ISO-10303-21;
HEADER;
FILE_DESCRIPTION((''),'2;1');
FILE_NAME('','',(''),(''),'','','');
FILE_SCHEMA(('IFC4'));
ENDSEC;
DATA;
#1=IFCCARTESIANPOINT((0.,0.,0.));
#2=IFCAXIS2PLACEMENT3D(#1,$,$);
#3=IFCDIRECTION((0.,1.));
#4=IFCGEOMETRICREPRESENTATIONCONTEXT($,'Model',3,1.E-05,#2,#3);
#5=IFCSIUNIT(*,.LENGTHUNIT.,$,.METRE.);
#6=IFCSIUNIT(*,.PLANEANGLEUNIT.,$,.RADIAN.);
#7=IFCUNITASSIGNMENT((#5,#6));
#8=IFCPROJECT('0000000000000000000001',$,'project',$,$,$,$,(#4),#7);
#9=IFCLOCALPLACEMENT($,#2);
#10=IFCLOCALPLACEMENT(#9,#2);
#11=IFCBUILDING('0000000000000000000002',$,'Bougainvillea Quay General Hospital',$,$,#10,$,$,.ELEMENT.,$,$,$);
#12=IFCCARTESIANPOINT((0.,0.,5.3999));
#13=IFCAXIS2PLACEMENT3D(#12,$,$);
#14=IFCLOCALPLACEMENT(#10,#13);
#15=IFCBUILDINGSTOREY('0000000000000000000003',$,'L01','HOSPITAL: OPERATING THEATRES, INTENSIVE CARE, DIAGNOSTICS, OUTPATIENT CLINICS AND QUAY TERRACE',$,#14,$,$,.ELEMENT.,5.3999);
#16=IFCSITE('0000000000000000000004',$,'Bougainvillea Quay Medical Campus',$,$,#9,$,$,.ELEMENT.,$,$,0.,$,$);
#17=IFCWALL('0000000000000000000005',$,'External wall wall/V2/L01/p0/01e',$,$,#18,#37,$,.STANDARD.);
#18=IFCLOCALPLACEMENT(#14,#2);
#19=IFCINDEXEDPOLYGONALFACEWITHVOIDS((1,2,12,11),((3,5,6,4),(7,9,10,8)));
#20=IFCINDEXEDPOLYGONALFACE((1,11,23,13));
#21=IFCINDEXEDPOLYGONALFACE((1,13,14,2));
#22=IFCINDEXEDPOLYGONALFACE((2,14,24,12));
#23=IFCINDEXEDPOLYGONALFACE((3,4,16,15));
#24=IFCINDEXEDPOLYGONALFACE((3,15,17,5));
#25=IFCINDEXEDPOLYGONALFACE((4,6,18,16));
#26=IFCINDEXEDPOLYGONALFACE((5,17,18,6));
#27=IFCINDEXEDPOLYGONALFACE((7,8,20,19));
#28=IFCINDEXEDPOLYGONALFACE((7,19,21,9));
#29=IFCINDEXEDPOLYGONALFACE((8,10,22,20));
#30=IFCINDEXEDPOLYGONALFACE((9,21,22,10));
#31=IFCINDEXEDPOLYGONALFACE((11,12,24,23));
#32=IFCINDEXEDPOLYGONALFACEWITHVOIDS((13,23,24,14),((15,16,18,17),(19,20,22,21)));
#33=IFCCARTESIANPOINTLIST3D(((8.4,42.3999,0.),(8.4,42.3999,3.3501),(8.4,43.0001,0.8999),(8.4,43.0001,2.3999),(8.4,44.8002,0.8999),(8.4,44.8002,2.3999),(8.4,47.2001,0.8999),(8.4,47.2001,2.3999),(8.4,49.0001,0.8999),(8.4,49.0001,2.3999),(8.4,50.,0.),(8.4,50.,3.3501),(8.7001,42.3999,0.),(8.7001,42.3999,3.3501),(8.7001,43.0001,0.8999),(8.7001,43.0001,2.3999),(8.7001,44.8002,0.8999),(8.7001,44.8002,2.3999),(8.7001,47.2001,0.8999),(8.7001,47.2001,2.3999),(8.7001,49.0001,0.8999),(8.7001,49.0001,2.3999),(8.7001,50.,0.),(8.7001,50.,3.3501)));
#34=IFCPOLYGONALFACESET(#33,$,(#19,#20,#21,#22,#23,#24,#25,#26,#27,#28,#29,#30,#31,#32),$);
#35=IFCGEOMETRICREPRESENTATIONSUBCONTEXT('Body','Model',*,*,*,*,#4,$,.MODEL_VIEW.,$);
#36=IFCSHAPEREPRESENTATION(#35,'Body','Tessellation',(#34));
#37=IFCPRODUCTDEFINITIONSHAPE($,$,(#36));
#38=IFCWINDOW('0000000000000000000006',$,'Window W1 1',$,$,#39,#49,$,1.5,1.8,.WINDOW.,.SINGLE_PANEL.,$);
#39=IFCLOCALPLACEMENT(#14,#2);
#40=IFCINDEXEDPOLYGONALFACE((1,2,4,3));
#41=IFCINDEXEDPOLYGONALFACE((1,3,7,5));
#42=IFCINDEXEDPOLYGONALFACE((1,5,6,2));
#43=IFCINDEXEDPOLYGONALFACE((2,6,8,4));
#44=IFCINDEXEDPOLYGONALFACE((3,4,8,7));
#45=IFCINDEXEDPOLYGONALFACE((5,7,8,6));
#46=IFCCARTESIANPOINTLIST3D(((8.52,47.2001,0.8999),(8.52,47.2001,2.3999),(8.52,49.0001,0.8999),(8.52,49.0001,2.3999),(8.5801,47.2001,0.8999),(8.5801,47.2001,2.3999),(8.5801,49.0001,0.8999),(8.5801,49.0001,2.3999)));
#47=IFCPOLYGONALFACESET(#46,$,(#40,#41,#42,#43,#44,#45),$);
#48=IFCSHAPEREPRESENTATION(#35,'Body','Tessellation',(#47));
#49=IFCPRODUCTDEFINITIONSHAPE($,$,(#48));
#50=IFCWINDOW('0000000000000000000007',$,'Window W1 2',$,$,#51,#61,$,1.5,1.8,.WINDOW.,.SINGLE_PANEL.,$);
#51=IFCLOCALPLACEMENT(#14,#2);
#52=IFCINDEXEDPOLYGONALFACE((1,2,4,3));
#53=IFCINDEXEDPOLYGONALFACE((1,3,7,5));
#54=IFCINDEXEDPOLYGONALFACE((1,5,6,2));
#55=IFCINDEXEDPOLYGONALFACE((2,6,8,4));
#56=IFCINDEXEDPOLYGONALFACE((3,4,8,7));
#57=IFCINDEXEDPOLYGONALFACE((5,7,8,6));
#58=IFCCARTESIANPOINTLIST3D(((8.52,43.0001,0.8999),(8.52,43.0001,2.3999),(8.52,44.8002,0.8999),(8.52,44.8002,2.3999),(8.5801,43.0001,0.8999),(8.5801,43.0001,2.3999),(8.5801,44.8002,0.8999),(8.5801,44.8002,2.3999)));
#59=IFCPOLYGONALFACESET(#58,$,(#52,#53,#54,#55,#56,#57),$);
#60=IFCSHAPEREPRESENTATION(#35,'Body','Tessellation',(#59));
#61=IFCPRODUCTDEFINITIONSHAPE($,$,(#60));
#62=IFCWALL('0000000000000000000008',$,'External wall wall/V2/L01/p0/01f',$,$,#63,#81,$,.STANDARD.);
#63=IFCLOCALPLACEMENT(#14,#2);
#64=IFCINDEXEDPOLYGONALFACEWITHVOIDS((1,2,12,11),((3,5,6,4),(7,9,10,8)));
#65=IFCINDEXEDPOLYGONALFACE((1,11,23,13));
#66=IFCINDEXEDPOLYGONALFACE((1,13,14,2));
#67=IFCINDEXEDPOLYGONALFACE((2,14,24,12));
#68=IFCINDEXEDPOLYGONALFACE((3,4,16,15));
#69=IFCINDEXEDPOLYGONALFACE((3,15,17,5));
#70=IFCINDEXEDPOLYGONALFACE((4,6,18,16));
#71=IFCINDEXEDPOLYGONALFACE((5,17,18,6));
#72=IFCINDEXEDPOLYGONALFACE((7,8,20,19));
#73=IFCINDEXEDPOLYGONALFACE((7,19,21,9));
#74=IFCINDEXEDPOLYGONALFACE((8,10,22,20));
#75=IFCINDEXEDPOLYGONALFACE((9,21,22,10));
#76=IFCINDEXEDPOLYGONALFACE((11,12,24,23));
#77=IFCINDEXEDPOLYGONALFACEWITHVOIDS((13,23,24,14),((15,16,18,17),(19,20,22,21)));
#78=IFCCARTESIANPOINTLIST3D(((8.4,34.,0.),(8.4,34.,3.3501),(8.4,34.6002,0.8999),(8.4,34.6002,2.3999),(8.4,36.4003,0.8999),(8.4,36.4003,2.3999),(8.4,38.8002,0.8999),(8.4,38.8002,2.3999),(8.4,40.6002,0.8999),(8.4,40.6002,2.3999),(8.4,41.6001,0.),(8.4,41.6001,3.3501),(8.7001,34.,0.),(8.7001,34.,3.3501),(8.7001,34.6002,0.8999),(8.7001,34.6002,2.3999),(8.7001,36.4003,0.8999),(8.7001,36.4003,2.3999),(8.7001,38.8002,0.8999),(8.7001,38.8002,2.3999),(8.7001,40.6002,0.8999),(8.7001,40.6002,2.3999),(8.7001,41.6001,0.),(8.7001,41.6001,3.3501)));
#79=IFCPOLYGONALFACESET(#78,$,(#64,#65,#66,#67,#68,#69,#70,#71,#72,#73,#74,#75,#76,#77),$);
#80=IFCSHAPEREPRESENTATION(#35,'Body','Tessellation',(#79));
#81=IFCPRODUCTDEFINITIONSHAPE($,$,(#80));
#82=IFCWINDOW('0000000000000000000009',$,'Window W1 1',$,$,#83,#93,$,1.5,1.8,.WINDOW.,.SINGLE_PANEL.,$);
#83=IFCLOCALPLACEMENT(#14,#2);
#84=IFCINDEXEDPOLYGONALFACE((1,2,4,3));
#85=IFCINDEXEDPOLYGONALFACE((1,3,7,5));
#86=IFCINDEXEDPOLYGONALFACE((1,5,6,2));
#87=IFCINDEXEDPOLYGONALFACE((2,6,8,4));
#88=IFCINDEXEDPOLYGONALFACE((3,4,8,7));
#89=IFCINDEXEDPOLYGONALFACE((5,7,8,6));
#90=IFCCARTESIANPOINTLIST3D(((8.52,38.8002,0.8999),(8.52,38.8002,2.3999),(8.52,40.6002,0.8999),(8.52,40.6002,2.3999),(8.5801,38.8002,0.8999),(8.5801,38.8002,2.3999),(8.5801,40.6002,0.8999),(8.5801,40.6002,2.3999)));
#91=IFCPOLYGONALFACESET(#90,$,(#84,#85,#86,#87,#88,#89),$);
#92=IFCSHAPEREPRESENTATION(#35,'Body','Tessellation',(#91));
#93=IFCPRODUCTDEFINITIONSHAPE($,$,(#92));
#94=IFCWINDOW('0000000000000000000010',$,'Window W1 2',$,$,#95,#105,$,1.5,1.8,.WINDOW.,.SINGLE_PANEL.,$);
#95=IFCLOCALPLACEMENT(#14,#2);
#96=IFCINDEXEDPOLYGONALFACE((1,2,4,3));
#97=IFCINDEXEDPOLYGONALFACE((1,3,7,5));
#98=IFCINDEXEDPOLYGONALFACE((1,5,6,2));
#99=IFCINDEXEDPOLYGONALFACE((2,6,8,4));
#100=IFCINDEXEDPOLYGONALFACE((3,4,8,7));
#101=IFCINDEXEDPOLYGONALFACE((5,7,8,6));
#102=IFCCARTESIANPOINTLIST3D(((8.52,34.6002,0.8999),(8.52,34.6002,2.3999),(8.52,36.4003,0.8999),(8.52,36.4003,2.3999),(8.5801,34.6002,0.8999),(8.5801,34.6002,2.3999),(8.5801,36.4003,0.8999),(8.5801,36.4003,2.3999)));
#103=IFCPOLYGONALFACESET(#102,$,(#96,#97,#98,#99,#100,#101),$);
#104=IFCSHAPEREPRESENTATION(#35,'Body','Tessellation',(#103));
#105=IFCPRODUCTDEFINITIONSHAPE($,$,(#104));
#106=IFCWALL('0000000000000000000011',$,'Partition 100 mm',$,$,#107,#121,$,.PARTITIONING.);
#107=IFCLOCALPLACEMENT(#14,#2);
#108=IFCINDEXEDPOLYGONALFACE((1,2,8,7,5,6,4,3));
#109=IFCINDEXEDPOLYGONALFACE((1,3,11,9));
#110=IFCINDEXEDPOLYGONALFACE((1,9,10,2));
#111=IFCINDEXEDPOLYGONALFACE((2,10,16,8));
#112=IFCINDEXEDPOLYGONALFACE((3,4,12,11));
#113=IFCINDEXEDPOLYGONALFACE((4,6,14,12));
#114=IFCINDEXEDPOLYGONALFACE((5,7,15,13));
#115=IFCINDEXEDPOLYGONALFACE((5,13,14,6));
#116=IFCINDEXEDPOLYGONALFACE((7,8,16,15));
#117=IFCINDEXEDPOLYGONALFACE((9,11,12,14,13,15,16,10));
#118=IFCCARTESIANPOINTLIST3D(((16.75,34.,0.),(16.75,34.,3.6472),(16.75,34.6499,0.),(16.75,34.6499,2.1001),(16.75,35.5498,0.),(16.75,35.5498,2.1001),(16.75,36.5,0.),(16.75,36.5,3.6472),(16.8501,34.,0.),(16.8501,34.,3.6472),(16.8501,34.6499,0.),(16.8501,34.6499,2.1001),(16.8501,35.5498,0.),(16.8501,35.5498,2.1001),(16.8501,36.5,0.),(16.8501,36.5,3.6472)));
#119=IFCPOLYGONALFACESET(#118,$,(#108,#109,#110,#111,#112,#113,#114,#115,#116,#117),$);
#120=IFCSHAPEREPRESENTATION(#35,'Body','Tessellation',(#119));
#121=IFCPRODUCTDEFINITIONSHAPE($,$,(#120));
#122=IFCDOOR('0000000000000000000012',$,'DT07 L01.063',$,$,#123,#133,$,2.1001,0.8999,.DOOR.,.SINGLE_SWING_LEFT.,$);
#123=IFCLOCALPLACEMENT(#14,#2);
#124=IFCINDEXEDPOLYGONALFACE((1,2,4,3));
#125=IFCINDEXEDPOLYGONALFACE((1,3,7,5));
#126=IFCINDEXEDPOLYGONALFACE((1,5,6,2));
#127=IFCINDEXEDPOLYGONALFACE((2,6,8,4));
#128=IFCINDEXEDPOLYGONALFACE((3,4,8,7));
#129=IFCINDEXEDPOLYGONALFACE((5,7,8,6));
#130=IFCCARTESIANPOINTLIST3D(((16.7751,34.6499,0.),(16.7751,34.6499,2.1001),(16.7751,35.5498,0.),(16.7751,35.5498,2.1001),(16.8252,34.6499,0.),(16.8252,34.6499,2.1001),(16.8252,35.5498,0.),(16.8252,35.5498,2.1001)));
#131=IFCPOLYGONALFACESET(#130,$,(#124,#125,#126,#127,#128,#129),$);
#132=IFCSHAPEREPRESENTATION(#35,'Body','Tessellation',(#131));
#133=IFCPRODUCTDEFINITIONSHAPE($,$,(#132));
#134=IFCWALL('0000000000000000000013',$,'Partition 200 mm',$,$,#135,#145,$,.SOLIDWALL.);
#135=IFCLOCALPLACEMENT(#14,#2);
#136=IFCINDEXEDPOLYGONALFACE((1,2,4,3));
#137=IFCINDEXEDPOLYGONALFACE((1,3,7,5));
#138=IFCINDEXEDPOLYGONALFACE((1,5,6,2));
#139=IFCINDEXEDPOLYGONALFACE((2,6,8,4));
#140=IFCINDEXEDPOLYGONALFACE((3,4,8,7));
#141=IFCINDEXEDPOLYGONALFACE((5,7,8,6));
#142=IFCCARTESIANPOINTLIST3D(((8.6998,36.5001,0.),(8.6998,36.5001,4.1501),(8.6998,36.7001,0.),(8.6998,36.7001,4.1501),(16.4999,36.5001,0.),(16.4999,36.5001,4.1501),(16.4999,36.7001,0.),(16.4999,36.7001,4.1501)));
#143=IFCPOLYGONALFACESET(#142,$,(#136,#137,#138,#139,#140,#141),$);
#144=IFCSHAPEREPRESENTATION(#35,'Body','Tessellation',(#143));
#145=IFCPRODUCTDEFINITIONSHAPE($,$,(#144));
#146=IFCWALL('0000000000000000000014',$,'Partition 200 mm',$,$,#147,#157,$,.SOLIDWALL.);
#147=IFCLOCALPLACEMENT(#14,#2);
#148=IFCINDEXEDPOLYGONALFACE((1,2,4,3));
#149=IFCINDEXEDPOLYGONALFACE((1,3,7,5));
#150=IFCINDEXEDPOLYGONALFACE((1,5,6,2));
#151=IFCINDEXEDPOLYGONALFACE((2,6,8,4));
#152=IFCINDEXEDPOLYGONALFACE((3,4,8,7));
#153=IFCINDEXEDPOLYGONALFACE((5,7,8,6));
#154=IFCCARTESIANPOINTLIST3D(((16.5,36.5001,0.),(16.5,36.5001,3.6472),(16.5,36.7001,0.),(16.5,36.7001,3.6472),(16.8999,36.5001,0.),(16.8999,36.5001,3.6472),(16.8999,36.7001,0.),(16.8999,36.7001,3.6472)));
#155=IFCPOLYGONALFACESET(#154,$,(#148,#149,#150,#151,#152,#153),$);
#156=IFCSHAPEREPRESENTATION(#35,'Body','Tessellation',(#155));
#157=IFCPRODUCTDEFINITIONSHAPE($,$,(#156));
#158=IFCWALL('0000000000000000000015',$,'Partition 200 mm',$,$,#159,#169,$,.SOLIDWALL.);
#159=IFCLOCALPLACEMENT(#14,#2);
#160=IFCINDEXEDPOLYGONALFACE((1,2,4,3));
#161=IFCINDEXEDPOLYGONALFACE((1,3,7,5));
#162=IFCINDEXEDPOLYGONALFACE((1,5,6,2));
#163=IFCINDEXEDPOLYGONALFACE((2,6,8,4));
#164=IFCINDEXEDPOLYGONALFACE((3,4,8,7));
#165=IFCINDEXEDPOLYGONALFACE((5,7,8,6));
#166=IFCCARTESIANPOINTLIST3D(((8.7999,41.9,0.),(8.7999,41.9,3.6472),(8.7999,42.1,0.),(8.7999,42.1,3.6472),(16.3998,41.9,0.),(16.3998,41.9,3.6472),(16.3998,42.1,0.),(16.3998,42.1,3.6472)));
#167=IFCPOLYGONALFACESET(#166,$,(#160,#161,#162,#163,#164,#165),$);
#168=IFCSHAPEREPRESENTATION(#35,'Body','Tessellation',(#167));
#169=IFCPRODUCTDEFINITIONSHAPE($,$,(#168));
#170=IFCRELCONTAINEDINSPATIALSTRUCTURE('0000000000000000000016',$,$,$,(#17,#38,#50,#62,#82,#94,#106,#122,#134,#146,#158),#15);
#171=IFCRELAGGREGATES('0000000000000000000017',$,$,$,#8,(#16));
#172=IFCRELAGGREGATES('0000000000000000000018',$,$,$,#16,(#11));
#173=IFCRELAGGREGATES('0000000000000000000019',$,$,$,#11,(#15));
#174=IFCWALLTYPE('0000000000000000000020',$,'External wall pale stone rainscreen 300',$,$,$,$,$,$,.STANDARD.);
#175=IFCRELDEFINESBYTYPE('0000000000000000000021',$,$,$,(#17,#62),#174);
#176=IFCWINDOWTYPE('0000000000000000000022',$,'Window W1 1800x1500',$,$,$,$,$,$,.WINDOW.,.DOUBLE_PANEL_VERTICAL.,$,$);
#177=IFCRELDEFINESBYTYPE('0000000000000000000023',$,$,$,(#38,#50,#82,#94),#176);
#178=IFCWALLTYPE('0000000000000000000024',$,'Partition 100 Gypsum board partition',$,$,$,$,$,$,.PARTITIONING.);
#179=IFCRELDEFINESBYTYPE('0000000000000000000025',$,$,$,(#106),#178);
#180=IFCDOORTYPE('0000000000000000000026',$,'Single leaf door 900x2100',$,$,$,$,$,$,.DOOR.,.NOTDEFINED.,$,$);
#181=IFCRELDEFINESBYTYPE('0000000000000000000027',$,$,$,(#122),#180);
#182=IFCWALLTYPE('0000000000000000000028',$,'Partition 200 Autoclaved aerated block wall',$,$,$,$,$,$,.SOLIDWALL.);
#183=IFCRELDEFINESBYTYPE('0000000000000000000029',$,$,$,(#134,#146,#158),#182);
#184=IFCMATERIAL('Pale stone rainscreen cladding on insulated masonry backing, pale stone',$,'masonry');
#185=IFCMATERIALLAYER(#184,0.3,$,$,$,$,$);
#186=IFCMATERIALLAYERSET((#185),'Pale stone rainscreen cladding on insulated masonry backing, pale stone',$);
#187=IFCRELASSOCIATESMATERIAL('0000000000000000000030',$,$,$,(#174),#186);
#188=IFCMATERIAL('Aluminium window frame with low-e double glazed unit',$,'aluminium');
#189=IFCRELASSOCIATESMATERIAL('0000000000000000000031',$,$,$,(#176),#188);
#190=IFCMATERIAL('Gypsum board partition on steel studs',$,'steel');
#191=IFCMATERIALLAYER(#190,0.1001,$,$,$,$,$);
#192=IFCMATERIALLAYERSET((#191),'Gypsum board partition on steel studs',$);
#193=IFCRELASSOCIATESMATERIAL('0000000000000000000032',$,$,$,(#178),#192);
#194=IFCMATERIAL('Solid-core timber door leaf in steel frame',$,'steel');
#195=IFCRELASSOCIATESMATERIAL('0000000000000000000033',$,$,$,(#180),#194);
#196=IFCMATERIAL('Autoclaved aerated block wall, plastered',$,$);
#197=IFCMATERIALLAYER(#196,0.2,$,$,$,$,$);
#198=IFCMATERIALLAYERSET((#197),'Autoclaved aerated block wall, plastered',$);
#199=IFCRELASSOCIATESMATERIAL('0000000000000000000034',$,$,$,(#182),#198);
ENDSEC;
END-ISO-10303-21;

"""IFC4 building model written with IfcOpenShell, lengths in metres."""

from ifc_helpers import new_model, si_unit, direction, frame, frame_2d, origin, place, context, subcontext, project, spatial, rectangle, extrude, material, layer, layer_set, type_object, element, fill, save


model = new_model("IFC4")

# Units and contexts
model_context = context("Model", 3, precision=1e-05, world=origin(), true_north=direction((0.0, 1.0)))
body_context = subcontext(model_context, "Body", "Model", "MODEL_VIEW")
ifc_project = project(units=[si_unit("LENGTHUNIT", "METRE"), si_unit("PLANEANGLEUNIT", "RADIAN")], contexts=[model_context])

# Site, building, storey
site_placement = place(None, origin())
site = spatial("IfcSite", under=ifc_project, at=site_placement, Name="Bougainvillea Quay Medical Campus", CompositionType="ELEMENT", RefElevation=0.0)
building_placement = place(site_placement, origin())
building = spatial("IfcBuilding", under=site, at=building_placement, Name="Bougainvillea Quay General Hospital", CompositionType="ELEMENT")
storey_placement = place(building_placement, frame((0.0, 0.0, 5.3999)))
storey = spatial("IfcBuildingStorey", under=building, at=storey_placement, Name="L01", Description="HOSPITAL: OPERATING THEATRES, INTENSIVE CARE, DIAGNOSTICS, OUTPATIENT CLINICS AND QUAY TERRACE", CompositionType="ELEMENT", Elevation=5.3999)

# Walls, openings, windows
ifc_material_1 = material(Name="Pale stone rainscreen cladding on insulated masonry backing, pale stone", Category="masonry")
ifc_layer_1 = layer(ifc_material_1, 0.3)
ifc_layer_set_1 = layer_set([ifc_layer_1], Name="Pale stone rainscreen cladding on insulated masonry backing, pale stone")
wall_type_1 = type_object("IfcWallType", Name="External wall pale stone rainscreen 300", PredefinedType="STANDARD", material=ifc_layer_set_1)
wall_1_placement = place(storey_placement, frame((8.55, 50.0, 0.0), z_axis=(0.0, 0.0, 1.0), x_axis=(0.0, -1.0, 0.0)))
wall_1 = element("IfcWall", 1, at=wall_1_placement, inside=storey, type_object=wall_type_1, Name="External wall wall/V2/L01/p0/01e", PredefinedType="STANDARD", context=body_context, shape_type="SweptSolid", body=[
    extrude(rectangle(XDim=7.6001, YDim=0.3, at=frame_2d((3.8, 0.0))), origin(), (0.0, 0.0, 1.0), 3.3501),
])
opening_1_placement = place(wall_1_placement, frame((1.0, 0.0, 0.8999)))
opening_1 = element("IfcOpeningElement", 2, at=opening_1_placement, cuts=wall_1, PredefinedType="OPENING", context=body_context, shape_type="SweptSolid", body=[
    extrude(rectangle(XDim=1.8, YDim=1.5, at=frame_2d((0.8999, 0.75))), frame((0.0, 0.1599, 0.0), z_axis=(0.0, -1.0, 0.0), x_axis=(1.0, 0.0, 0.0)), (0.0, 0.0, 1.0), 0.3201),
])
opening_2_placement = place(wall_1_placement, frame((5.2, 0.0, 0.8999)))
opening_2 = element("IfcOpeningElement", 3, at=opening_2_placement, cuts=wall_1, PredefinedType="OPENING", context=body_context, shape_type="SweptSolid", body=[
    extrude(rectangle(XDim=1.8, YDim=1.5, at=frame_2d((0.8999, 0.75))), frame((0.0, 0.1599, 0.0), z_axis=(0.0, -1.0, 0.0), x_axis=(1.0, 0.0, 0.0)), (0.0, 0.0, 1.0), 0.3201),
])
ifc_material_2 = material(Name="Aluminium window frame with low-e double glazed unit", Category="aluminium")
window_type = type_object("IfcWindowType", Name="Window W1 1800x1500", PartitioningType="DOUBLE_PANEL_VERTICAL", PredefinedType="WINDOW", material=ifc_material_2)
window_1_placement = place(opening_1_placement, origin())
window_1 = element("IfcWindow", 4, at=window_1_placement, inside=storey, type_object=window_type, Name="Window W1 1", OverallHeight=1.5, OverallWidth=1.8, PartitioningType="SINGLE_PANEL", PredefinedType="WINDOW", context=body_context, shape_type="SweptSolid", body=[
    extrude(rectangle(XDim=1.8, YDim=1.5, at=frame_2d((0.8999, 0.75))), frame((0.0, 0.03, 0.0), z_axis=(0.0, -1.0, 0.0), x_axis=(1.0, 0.0, 0.0)), (0.0, 0.0, 1.0), 0.0601),
])
fill(opening_1, window_1)
window_2_placement = place(opening_2_placement, origin())
window_2 = element("IfcWindow", 5, at=window_2_placement, inside=storey, type_object=window_type, Name="Window W1 2", OverallHeight=1.5, OverallWidth=1.8, PartitioningType="SINGLE_PANEL", PredefinedType="WINDOW", context=body_context, shape_type="SweptSolid", body=[
    extrude(rectangle(XDim=1.8, YDim=1.5, at=frame_2d((0.8999, 0.75))), frame((0.0, 0.03, 0.0), z_axis=(0.0, -1.0, 0.0), x_axis=(1.0, 0.0, 0.0)), (0.0, 0.0, 1.0), 0.0601),
])
fill(opening_2, window_2)
wall_2_placement = place(storey_placement, frame((8.55, 41.6001, 0.0), z_axis=(0.0, 0.0, 1.0), x_axis=(0.0, -1.0, 0.0)))
wall_2 = element("IfcWall", 6, at=wall_2_placement, inside=storey, type_object=wall_type_1, Name="External wall wall/V2/L01/p0/01f", PredefinedType="STANDARD", context=body_context, shape_type="SweptSolid", body=[
    extrude(rectangle(XDim=7.6001, YDim=0.3, at=frame_2d((3.8, 0.0))), origin(), (0.0, 0.0, 1.0), 3.3501),
])
opening_3_placement = place(wall_2_placement, frame((1.0, 0.0, 0.8999)))
opening_3 = element("IfcOpeningElement", 7, at=opening_3_placement, cuts=wall_2, PredefinedType="OPENING", context=body_context, shape_type="SweptSolid", body=[
    extrude(rectangle(XDim=1.8, YDim=1.5, at=frame_2d((0.8999, 0.75))), frame((0.0, 0.1599, 0.0), z_axis=(0.0, -1.0, 0.0), x_axis=(1.0, 0.0, 0.0)), (0.0, 0.0, 1.0), 0.3201),
])
opening_4_placement = place(wall_2_placement, frame((5.2, 0.0, 0.8999)))
opening_4 = element("IfcOpeningElement", 8, at=opening_4_placement, cuts=wall_2, PredefinedType="OPENING", context=body_context, shape_type="SweptSolid", body=[
    extrude(rectangle(XDim=1.8, YDim=1.5, at=frame_2d((0.8999, 0.75))), frame((0.0, 0.1599, 0.0), z_axis=(0.0, -1.0, 0.0), x_axis=(1.0, 0.0, 0.0)), (0.0, 0.0, 1.0), 0.3201),
])
window_3_placement = place(opening_3_placement, origin())
window_3 = element("IfcWindow", 9, at=window_3_placement, inside=storey, type_object=window_type, Name="Window W1 1", OverallHeight=1.5, OverallWidth=1.8, PartitioningType="SINGLE_PANEL", PredefinedType="WINDOW", context=body_context, shape_type="SweptSolid", body=[
    extrude(rectangle(XDim=1.8, YDim=1.5, at=frame_2d((0.8999, 0.75))), frame((0.0, 0.03, 0.0), z_axis=(0.0, -1.0, 0.0), x_axis=(1.0, 0.0, 0.0)), (0.0, 0.0, 1.0), 0.0601),
])
fill(opening_3, window_3)
window_4_placement = place(opening_4_placement, origin())
window_4 = element("IfcWindow", 10, at=window_4_placement, inside=storey, type_object=window_type, Name="Window W1 2", OverallHeight=1.5, OverallWidth=1.8, PartitioningType="SINGLE_PANEL", PredefinedType="WINDOW", context=body_context, shape_type="SweptSolid", body=[
    extrude(rectangle(XDim=1.8, YDim=1.5, at=frame_2d((0.8999, 0.75))), frame((0.0, 0.03, 0.0), z_axis=(0.0, -1.0, 0.0), x_axis=(1.0, 0.0, 0.0)), (0.0, 0.0, 1.0), 0.0601),
])
fill(opening_4, window_4)

# Wall, opening, door
ifc_material_3 = material(Name="Gypsum board partition on steel studs", Category="steel")
ifc_layer_2 = layer(ifc_material_3, 0.1001)
ifc_layer_set_2 = layer_set([ifc_layer_2], Name="Gypsum board partition on steel studs")
wall_type_2 = type_object("IfcWallType", Name="Partition 100 Gypsum board partition", PredefinedType="PARTITIONING", material=ifc_layer_set_2)
wall_3_placement = place(storey_placement, frame((16.8, 34.0, 0.0), z_axis=(0.0, 0.0, 1.0), x_axis=(0.0, 1.0, 0.0)))
wall_3 = element("IfcWall", 11, at=wall_3_placement, inside=storey, type_object=wall_type_2, Name="Partition 100 mm", PredefinedType="PARTITIONING", context=body_context, shape_type="SweptSolid", body=[
    extrude(rectangle(XDim=2.5, YDim=0.1001, at=frame_2d((1.25, 0.0))), origin(), (0.0, 0.0, 1.0), 3.6472),
])
opening_5_placement = place(wall_3_placement, frame((0.6499, 0.0, 0.0)))
opening_5 = element("IfcOpeningElement", 12, at=opening_5_placement, cuts=wall_3, PredefinedType="OPENING", context=body_context, shape_type="SweptSolid", body=[
    extrude(rectangle(XDim=0.8999, YDim=2.1001, at=frame_2d((0.45, 1.05))), frame((0.0, 0.0601, 0.0), z_axis=(0.0, -1.0, 0.0), x_axis=(1.0, 0.0, 0.0)), (0.0, 0.0, 1.0), 0.1201),
])
ifc_material_4 = material(Name="Solid-core timber door leaf in steel frame", Category="steel")
door_type_1 = type_object("IfcDoorType", Name="Single leaf door 900x2100", OperationType="NOTDEFINED", PredefinedType="DOOR", material=ifc_material_4)
door_1_placement = place(opening_5_placement, origin())
door_1 = element("IfcDoor", 13, at=door_1_placement, inside=storey, type_object=door_type_1, Name="DT07 L01.063", OperationType="SINGLE_SWING_LEFT", OverallHeight=2.1001, OverallWidth=0.8999, PredefinedType="DOOR", context=body_context, shape_type="SweptSolid", body=[
    extrude(rectangle(XDim=0.8999, YDim=2.1001, at=frame_2d((0.45, 1.05))), frame((0.0, 0.0249, 0.0), z_axis=(0.0, -1.0, 0.0), x_axis=(1.0, 0.0, 0.0)), (0.0, 0.0, 1.0), 0.05),
])
fill(opening_5, door_1)

# Walls
ifc_material_5 = material(Name="Autoclaved aerated block wall, plastered")
ifc_layer_3 = layer(ifc_material_5, 0.2)
ifc_layer_set_3 = layer_set([ifc_layer_3], Name="Autoclaved aerated block wall, plastered")
wall_type_3 = type_object("IfcWallType", Name="Partition 200 Autoclaved aerated block wall", PredefinedType="SOLIDWALL", material=ifc_layer_set_3)
wall_4_placement = place(storey_placement, frame((8.7, 36.6001, 0.0), z_axis=(0.0, 0.0, 1.0), x_axis=(1.0, 0.0, 0.0)))
element("IfcWall", 14, at=wall_4_placement, inside=storey, type_object=wall_type_3, Name="Partition 200 mm", PredefinedType="SOLIDWALL", context=body_context, shape_type="SweptSolid", body=[
    extrude(rectangle(XDim=7.8, YDim=0.2, at=frame_2d((3.8999, 0.0))), origin(), (0.0, 0.0, 1.0), 4.1501),
])
wall_5_placement = place(storey_placement, frame((16.5, 36.6001, 0.0), z_axis=(0.0, 0.0, 1.0), x_axis=(1.0, 0.0, 0.0)))
element("IfcWall", 15, at=wall_5_placement, inside=storey, type_object=wall_type_3, Name="Partition 200 mm", PredefinedType="SOLIDWALL", context=body_context, shape_type="SweptSolid", body=[
    extrude(rectangle(XDim=0.3999, YDim=0.2, at=frame_2d((0.2, 0.0))), origin(), (0.0, 0.0, 1.0), 3.6472),
])
wall_6_placement = place(storey_placement, frame((8.8, 42.0, 0.0), z_axis=(0.0, 0.0, 1.0), x_axis=(1.0, 0.0, 0.0)))
element("IfcWall", 16, at=wall_6_placement, inside=storey, type_object=wall_type_3, Name="Partition 200 mm", PredefinedType="SOLIDWALL", context=body_context, shape_type="SweptSolid", body=[
    extrude(rectangle(XDim=7.5999, YDim=0.2, at=frame_2d((3.7998, 0.0))), origin(), (0.0, 0.0, 1.0), 3.6472),
])

save(model, "model.ifc")
